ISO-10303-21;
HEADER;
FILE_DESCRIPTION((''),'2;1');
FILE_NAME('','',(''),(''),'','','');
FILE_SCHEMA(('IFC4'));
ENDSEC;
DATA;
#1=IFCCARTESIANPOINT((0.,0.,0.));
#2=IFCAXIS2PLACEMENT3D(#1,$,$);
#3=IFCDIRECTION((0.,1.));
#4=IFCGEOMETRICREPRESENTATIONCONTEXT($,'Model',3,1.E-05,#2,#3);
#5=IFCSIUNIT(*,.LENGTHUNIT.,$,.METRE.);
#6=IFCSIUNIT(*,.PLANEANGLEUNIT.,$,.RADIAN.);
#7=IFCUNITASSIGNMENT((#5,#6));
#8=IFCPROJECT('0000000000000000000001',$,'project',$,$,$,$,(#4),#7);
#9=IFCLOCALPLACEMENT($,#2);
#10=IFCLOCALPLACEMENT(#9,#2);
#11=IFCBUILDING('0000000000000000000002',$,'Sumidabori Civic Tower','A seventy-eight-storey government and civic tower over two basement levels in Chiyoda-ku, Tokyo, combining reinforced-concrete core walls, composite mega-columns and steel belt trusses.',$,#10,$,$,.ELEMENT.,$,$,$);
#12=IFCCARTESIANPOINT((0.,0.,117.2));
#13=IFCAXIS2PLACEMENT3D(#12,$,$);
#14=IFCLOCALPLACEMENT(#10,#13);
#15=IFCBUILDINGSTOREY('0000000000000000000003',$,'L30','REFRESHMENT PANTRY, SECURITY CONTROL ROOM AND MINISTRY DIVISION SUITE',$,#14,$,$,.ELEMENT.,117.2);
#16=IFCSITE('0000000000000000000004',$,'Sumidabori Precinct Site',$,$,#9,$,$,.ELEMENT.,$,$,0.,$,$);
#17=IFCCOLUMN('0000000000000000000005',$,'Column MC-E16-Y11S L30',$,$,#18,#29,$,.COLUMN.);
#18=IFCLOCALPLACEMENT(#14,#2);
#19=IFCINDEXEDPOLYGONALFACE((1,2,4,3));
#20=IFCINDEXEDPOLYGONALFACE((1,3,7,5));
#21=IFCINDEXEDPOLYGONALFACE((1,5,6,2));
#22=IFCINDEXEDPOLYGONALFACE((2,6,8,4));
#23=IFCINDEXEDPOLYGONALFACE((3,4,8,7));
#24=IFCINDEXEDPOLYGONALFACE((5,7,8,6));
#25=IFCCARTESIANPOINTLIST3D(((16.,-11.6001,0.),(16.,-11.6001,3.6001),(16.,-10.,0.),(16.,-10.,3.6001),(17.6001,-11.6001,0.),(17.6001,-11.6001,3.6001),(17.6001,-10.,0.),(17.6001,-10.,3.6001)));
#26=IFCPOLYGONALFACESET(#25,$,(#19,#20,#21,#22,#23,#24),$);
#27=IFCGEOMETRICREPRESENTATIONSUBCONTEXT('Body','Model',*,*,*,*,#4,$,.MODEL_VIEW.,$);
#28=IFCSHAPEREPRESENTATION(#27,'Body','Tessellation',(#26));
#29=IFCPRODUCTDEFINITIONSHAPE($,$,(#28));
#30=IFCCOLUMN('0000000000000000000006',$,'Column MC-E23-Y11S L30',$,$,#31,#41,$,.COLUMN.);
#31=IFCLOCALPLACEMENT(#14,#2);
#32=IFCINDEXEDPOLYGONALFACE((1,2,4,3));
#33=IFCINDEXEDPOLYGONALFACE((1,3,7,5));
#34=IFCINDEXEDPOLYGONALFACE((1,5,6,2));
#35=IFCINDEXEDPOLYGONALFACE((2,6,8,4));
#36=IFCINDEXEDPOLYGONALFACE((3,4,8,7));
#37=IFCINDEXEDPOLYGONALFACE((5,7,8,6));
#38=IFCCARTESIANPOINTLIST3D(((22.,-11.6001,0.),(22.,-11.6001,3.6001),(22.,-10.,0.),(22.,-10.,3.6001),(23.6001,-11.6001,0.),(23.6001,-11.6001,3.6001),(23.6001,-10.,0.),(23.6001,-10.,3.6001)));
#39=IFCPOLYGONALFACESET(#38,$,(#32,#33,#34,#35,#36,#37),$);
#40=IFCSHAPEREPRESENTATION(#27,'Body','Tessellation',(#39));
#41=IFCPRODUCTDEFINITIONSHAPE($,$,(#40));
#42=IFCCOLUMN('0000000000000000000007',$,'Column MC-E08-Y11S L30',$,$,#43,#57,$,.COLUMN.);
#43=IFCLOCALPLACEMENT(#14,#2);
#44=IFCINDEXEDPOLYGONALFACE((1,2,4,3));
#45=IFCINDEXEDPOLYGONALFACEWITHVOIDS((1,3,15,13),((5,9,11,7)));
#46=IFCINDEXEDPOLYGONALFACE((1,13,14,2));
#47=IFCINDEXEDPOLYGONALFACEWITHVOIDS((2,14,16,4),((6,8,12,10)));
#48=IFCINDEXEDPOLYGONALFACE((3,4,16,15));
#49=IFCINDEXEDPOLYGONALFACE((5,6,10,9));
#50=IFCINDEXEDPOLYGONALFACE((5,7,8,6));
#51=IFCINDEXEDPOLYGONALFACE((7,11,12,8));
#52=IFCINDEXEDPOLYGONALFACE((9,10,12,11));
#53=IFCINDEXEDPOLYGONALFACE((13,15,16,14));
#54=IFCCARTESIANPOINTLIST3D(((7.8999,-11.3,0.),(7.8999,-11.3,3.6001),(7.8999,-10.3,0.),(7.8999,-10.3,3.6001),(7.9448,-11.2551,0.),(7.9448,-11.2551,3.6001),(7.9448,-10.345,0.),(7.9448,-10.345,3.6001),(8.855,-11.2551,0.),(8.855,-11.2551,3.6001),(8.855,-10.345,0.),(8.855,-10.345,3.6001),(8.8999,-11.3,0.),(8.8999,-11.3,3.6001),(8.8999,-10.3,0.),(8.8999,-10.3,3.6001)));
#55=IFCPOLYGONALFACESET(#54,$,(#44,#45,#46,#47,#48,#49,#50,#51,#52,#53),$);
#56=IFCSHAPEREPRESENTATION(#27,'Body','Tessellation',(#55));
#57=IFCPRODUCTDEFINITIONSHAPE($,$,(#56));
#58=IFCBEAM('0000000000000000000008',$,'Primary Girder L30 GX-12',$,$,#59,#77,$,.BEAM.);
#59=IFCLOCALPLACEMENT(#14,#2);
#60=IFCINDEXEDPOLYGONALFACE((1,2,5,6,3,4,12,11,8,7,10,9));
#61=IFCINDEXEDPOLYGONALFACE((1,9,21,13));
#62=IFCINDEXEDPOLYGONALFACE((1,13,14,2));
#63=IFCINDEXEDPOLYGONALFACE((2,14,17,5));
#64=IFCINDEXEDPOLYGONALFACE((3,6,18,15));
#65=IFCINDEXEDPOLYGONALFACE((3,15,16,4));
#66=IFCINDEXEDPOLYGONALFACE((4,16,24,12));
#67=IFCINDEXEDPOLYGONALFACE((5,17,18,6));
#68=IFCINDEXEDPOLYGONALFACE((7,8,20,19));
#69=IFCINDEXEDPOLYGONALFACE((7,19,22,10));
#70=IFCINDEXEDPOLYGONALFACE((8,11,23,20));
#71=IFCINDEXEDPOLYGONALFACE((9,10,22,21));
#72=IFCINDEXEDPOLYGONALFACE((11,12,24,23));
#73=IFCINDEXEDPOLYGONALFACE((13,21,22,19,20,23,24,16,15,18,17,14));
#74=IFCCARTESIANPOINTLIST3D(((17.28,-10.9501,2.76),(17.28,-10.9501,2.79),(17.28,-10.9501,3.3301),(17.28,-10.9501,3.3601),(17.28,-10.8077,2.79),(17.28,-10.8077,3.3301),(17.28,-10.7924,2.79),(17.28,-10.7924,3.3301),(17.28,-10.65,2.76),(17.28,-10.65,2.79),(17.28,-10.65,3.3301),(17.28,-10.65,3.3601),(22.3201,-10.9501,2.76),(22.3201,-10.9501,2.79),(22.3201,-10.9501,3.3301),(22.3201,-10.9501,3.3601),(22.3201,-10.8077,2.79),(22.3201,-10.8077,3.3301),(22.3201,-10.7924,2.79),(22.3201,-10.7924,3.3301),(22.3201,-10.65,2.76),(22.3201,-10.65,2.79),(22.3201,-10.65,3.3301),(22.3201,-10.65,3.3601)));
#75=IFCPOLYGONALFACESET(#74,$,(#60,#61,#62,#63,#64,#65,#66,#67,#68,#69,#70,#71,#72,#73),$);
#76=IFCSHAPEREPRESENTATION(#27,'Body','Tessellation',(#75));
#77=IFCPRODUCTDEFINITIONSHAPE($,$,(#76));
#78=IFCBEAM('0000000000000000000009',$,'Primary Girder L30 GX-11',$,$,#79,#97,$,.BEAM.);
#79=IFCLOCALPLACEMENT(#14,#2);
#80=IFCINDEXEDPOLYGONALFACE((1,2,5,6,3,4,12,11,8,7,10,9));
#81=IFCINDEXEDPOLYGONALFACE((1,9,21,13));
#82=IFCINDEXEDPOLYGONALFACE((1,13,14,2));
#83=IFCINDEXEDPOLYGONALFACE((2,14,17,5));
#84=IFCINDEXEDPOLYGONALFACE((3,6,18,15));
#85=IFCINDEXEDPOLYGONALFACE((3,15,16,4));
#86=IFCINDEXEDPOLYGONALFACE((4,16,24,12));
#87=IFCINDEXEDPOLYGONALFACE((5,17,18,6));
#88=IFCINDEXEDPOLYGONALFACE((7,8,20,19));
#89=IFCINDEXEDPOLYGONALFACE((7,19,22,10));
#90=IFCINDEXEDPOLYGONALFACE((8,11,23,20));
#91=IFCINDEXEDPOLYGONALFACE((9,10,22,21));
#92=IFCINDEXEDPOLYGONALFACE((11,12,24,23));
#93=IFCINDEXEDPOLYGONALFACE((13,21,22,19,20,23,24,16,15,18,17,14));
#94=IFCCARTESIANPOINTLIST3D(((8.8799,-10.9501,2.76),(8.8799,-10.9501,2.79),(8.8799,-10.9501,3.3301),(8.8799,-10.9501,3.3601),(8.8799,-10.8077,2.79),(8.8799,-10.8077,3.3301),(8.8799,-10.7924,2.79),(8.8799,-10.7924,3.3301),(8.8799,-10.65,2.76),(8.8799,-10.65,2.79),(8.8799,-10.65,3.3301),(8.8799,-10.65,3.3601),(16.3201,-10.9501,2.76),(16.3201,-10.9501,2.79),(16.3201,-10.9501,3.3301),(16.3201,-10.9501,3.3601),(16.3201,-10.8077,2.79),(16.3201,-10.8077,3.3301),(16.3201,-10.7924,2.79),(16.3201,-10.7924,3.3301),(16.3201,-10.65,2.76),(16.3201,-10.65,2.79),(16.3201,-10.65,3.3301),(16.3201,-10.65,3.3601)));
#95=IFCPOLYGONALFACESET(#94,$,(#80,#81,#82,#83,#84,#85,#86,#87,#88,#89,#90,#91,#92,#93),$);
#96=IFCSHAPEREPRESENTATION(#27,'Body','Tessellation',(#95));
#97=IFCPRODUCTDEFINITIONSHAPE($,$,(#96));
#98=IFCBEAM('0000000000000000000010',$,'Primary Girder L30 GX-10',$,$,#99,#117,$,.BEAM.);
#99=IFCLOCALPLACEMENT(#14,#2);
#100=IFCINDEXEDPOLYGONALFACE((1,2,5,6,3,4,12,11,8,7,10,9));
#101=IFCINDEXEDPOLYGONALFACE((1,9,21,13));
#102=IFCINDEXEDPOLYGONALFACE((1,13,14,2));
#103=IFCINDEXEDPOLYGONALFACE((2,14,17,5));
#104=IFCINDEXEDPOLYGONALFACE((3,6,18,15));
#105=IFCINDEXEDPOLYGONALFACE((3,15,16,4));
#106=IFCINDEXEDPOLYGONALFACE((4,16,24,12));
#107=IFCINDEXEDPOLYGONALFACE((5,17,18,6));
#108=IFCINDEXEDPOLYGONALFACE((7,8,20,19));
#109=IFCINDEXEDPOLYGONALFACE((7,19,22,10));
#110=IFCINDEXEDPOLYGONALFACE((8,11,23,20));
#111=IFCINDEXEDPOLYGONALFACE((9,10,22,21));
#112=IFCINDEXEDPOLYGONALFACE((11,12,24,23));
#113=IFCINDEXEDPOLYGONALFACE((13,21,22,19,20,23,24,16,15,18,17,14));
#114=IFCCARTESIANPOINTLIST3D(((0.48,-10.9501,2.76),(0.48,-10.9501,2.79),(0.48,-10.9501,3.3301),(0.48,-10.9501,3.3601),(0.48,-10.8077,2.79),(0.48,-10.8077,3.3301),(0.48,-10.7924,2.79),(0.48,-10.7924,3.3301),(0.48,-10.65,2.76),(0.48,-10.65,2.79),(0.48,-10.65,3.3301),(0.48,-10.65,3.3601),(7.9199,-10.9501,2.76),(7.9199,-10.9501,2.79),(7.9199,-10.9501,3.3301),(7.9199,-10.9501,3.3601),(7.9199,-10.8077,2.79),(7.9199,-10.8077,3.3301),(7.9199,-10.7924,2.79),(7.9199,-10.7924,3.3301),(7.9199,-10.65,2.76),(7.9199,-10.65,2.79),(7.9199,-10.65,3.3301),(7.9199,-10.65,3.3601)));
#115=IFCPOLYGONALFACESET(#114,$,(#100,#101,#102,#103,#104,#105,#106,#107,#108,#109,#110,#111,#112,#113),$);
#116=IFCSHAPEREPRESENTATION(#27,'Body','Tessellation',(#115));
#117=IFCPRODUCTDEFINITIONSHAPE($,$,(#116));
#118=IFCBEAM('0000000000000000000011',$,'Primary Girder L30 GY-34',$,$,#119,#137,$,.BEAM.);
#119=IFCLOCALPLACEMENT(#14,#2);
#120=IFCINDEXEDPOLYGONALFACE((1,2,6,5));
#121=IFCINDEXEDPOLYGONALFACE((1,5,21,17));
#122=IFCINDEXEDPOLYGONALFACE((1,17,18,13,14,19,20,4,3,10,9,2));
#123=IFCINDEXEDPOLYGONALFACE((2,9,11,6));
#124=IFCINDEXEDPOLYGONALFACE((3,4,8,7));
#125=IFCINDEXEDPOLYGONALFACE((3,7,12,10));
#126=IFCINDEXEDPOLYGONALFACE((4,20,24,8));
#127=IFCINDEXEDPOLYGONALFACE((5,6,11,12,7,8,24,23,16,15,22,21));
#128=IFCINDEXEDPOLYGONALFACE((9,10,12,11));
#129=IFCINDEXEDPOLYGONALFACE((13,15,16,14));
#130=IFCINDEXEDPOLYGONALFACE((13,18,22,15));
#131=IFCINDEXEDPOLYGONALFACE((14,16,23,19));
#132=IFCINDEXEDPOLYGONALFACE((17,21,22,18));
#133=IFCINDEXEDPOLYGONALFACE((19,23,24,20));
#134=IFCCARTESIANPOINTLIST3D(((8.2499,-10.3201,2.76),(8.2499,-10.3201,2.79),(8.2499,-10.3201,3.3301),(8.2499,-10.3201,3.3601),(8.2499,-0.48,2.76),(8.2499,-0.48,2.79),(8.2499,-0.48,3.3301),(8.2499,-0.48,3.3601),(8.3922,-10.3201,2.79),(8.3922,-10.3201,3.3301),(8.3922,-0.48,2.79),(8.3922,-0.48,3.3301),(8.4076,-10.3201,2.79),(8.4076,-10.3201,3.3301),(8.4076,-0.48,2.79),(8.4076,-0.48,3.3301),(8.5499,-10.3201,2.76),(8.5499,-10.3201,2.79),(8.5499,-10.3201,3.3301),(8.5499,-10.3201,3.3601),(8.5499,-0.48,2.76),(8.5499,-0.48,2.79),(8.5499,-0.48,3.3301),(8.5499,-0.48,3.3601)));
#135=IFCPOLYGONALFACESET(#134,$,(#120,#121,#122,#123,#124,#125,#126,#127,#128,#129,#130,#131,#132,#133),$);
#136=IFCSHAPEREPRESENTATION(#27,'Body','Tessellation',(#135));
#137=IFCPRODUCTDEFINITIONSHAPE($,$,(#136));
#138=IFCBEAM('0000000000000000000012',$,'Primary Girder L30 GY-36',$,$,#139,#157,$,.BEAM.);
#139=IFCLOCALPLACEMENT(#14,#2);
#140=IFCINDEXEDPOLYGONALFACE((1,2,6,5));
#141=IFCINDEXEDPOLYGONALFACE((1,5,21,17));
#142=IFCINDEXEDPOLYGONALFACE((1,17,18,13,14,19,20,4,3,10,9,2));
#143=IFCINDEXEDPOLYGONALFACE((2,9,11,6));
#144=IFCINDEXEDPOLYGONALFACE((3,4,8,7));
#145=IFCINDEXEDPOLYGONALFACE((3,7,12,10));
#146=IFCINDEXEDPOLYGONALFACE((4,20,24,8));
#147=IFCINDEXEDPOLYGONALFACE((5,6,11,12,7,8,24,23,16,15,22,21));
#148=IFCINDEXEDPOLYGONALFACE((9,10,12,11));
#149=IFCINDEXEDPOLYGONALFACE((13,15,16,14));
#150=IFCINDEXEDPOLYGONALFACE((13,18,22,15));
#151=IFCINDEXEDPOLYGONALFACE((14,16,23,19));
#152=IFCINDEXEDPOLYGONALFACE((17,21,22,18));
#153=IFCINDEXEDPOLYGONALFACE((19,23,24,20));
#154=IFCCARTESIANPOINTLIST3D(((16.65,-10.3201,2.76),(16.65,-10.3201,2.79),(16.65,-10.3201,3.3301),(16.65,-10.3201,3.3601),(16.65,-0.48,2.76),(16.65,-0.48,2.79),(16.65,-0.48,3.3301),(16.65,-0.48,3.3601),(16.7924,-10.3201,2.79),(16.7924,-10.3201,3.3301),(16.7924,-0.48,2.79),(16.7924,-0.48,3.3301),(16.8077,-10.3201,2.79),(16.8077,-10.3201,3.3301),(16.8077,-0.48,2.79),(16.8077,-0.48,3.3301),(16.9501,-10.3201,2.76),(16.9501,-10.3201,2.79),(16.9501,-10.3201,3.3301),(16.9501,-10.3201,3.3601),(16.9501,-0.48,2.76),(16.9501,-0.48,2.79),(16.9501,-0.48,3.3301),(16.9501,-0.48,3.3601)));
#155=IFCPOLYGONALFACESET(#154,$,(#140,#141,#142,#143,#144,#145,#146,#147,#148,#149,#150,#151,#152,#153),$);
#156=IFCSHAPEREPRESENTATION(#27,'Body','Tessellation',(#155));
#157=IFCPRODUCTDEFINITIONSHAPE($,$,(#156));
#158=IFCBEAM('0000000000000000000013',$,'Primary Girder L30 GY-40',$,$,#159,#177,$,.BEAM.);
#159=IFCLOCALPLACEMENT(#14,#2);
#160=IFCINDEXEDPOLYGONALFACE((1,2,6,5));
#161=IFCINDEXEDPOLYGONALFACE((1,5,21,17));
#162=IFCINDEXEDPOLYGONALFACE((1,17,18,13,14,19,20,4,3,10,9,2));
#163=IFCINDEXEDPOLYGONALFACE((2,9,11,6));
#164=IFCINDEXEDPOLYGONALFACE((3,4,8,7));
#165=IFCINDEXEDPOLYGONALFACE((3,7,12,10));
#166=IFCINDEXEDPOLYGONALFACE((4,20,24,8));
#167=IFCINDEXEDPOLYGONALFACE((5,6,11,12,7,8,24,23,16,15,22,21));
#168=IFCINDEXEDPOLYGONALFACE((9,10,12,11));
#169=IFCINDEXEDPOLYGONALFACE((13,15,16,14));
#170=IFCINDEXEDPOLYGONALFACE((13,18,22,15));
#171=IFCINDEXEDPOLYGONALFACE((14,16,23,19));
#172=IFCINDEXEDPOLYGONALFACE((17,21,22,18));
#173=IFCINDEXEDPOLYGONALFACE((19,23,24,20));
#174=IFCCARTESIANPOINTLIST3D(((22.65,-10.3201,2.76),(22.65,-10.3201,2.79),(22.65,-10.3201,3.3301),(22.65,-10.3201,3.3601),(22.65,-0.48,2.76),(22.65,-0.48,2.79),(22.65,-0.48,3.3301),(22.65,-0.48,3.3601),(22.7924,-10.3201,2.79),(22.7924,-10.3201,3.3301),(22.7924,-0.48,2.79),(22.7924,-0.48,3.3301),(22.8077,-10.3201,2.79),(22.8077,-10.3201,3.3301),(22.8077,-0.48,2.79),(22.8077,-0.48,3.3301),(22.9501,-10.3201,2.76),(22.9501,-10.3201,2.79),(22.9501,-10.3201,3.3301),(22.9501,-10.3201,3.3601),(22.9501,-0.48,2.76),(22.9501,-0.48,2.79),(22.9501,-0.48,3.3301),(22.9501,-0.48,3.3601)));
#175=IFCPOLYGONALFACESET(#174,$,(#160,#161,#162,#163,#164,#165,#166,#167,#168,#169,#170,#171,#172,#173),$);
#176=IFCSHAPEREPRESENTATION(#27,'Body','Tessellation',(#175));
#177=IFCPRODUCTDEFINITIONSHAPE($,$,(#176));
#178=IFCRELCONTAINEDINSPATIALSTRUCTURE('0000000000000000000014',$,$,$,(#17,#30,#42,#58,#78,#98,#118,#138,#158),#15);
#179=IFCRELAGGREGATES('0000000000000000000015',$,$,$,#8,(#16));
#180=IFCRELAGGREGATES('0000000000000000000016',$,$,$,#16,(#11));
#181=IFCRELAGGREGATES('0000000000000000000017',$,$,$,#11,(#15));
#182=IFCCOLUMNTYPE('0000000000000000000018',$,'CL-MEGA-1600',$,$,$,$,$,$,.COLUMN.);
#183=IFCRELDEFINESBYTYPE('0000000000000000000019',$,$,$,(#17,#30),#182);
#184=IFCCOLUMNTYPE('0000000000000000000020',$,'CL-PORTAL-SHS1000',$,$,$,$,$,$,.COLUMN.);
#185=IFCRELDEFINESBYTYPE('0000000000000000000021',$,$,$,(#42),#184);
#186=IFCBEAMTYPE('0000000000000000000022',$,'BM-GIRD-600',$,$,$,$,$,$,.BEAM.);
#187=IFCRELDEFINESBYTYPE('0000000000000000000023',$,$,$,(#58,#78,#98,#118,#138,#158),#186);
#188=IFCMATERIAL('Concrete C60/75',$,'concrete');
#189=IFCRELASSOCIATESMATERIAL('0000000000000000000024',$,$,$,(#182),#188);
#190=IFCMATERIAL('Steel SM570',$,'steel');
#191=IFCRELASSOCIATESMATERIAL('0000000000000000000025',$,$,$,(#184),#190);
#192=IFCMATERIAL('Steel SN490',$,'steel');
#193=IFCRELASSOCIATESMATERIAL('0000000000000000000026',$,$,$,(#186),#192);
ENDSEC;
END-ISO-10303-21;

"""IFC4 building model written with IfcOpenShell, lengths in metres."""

from ifc_helpers import new_model, si_unit, direction, frame, origin, origin_2d, place, context, subcontext, project, spatial, rectangle, hollow_rectangle, i_section, extrude, source, transform, mapped, material, material_profile, profile_set, type_object, element, save


model = new_model("IFC4")

# Units and contexts
model_context = context("Model", 3, precision=1e-05, world=origin(), true_north=direction((0.0, 1.0)))
body_context = subcontext(model_context, "Body", "Model", "MODEL_VIEW")
ifc_project = project(units=[si_unit("LENGTHUNIT", "METRE"), si_unit("PLANEANGLEUNIT", "RADIAN")], contexts=[model_context])

# Site, building, storey
site_placement = place(None, origin())
site = spatial("IfcSite", under=ifc_project, at=site_placement, Name="Sumidabori Precinct Site", CompositionType="ELEMENT", RefElevation=0.0)
building_placement = place(site_placement, origin())
building = spatial("IfcBuilding", under=site, at=building_placement, Name="Sumidabori Civic Tower", Description="A seventy-eight-storey government and civic tower over two basement levels in Chiyoda-ku, Tokyo, combining reinforced-concrete core walls, composite mega-columns and steel belt trusses.", CompositionType="ELEMENT")
storey_placement = place(building_placement, frame((0.0, 0.0, 117.2)))
storey = spatial("IfcBuildingStorey", under=building, at=storey_placement, Name="L30", Description="REFRESHMENT PANTRY, SECURITY CONTROL ROOM AND MINISTRY DIVISION SUITE", CompositionType="ELEMENT", Elevation=117.2)

# Columns
ifc_material_1 = material(Name="Concrete C60/75", Category="concrete")
ifc_material_profile_1 = material_profile(ifc_material_1, rectangle(XDim=1.6001, YDim=1.6001, at=origin_2d()), Name="RC 1600x1600")
ifc_profile_set_1 = profile_set([ifc_material_profile_1], Name="Concrete C60/75")
column_type_1 = type_object("IfcColumnType", Name="CL-MEGA-1600", PredefinedType="COLUMN", material=ifc_profile_set_1)
shared_shape_1 = source(origin(), body_context, "Body", "SweptSolid", [
    extrude(rectangle(XDim=1.6001, YDim=1.6001, at=origin_2d()), origin(), (0.0, 0.0, 1.0), 3.6001),
])
for number, where, z_axis, x_axis, name in (
    (1, (16.8, -10.8, 0.0), (0.0, 0.0, 1.0), (1.0, 0.0, 0.0), "Column MC-E16-Y11S L30"),
    (2, (22.8, -10.8, 0.0), (0.0, 0.0, 1.0), (1.0, 0.0, 0.0), "Column MC-E23-Y11S L30"),
):
    element("IfcColumn", number, at=place(storey_placement, frame(where, z_axis=z_axis, x_axis=x_axis)), inside=storey, type_object=column_type_1, Name=name, PredefinedType="COLUMN", context=body_context, shape_type="MappedRepresentation", body=[
        mapped(shared_shape_1, transform((0.0, 0.0, 0.0), x_axis=(1.0, 0.0, 0.0), y_axis=(0.0, 1.0, 0.0), z_axis=(0.0, 0.0, 1.0), scale=1.0)),
    ])
ifc_material_2 = material(Name="Steel SM570", Category="steel")
ifc_material_profile_2 = material_profile(ifc_material_2, hollow_rectangle(XDim=1.0, YDim=1.0, WallThickness=0.0449, at=origin_2d()), Name="SHS 1000x1000x45")
ifc_profile_set_2 = profile_set([ifc_material_profile_2], Name="Steel SM570")
column_type_2 = type_object("IfcColumnType", Name="CL-PORTAL-SHS1000", PredefinedType="COLUMN", material=ifc_profile_set_2)
shared_shape_2 = source(origin(), body_context, "Body", "SweptSolid", [
    extrude(hollow_rectangle(XDim=1.0, YDim=1.0, WallThickness=0.0449, at=origin_2d()), origin(), (0.0, 0.0, 1.0), 3.6001),
])
column_placement = place(storey_placement, frame((8.3999, -10.8, 0.0), z_axis=(0.0, 0.0, 1.0), x_axis=(1.0, 0.0, 0.0)))
element("IfcColumn", 3, at=column_placement, inside=storey, type_object=column_type_2, Name="Column MC-E08-Y11S L30", PredefinedType="COLUMN", context=body_context, shape_type="MappedRepresentation", body=[
    mapped(shared_shape_2, transform((0.0, 0.0, 0.0), x_axis=(1.0, 0.0, 0.0), y_axis=(0.0, 1.0, 0.0), z_axis=(0.0, 0.0, 1.0), scale=1.0)),
])

# Beams
ifc_material_3 = material(Name="Steel SN490", Category="steel")
ifc_material_profile_3 = material_profile(ifc_material_3, i_section(OverallWidth=0.3, OverallDepth=0.6001, WebThickness=0.0154, FlangeThickness=0.03, at=origin_2d()), Name="HE 600 B")
ifc_profile_set_3 = profile_set([ifc_material_profile_3], Name="Steel SN490")
beam_type_1 = type_object("IfcBeamType", Name="BM-GIRD-600", PredefinedType="BEAM", material=ifc_profile_set_3)
shared_shape_3 = source(origin(), body_context, "Body", "SweptSolid", [
    extrude(i_section(OverallWidth=0.3, OverallDepth=0.6001, WebThickness=0.0154, FlangeThickness=0.03, at=origin_2d()), origin(), (0.0, 0.0, 1.0), 5.04),
])
beam_1_placement = place(storey_placement, frame((17.28, -10.8, 3.0601), z_axis=(1.0, 0.0, 0.0), x_axis=(0.0, 1.0, 0.0)))
element("IfcBeam", 4, at=beam_1_placement, inside=storey, type_object=beam_type_1, Name="Primary Girder L30 GX-12", PredefinedType="BEAM", context=body_context, shape_type="MappedRepresentation", body=[
    mapped(shared_shape_3, transform((0.0, 0.0, 0.0), x_axis=(1.0, 0.0, 0.0), y_axis=(0.0, 1.0, 0.0), z_axis=(0.0, 0.0, 1.0), scale=1.0)),
])
shared_shape_4 = source(origin(), body_context, "Body", "SweptSolid", [
    extrude(i_section(OverallWidth=0.3, OverallDepth=0.6001, WebThickness=0.0154, FlangeThickness=0.03, at=origin_2d()), origin(), (0.0, 0.0, 1.0), 7.4402),
])
beam_2_placement = place(storey_placement, frame((8.8799, -10.8, 3.0601), z_axis=(1.0, 0.0, 0.0), x_axis=(0.0, 1.0, 0.0)))
element("IfcBeam", 5, at=beam_2_placement, inside=storey, type_object=beam_type_1, Name="Primary Girder L30 GX-11", PredefinedType="BEAM", context=body_context, shape_type="MappedRepresentation", body=[
    mapped(shared_shape_4, transform((0.0, 0.0, 0.0), x_axis=(1.0, 0.0, 0.0), y_axis=(0.0, 1.0, 0.0), z_axis=(0.0, 0.0, 1.0), scale=1.0)),
])
shared_shape_5 = source(origin(), body_context, "Body", "SweptSolid", [
    extrude(i_section(OverallWidth=0.3, OverallDepth=0.6001, WebThickness=0.0154, FlangeThickness=0.03, at=origin_2d()), origin(), (0.0, 0.0, 1.0), 7.4399),
])
beam_3_placement = place(storey_placement, frame((0.48, -10.8, 3.0601), z_axis=(1.0, 0.0, 0.0), x_axis=(0.0, 1.0, 0.0)))
element("IfcBeam", 6, at=beam_3_placement, inside=storey, type_object=beam_type_1, Name="Primary Girder L30 GX-10", PredefinedType="BEAM", context=body_context, shape_type="MappedRepresentation", body=[
    mapped(shared_shape_5, transform((0.0, 0.0, 0.0), x_axis=(1.0, 0.0, 0.0), y_axis=(0.0, 1.0, 0.0), z_axis=(0.0, 0.0, 1.0), scale=1.0)),
])
shared_shape_6 = source(origin(), body_context, "Body", "SweptSolid", [
    extrude(i_section(OverallWidth=0.3, OverallDepth=0.6001, WebThickness=0.0154, FlangeThickness=0.03, at=origin_2d()), origin(), (0.0, 0.0, 1.0), 9.8401),
])
for number, where, z_axis, x_axis, name in (
    (7, (8.3999, -10.3201, 3.0601), (0.0, 1.0, 0.0), (-1.0, 0.0, 0.0), "Primary Girder L30 GY-34"),
    (8, (16.8, -10.3201, 3.0601), (0.0, 1.0, 0.0), (-1.0, 0.0, 0.0), "Primary Girder L30 GY-36"),
    (9, (22.8, -10.3201, 3.0601), (0.0, 1.0, 0.0), (-1.0, 0.0, 0.0), "Primary Girder L30 GY-40"),
):
    element("IfcBeam", number, at=place(storey_placement, frame(where, z_axis=z_axis, x_axis=x_axis)), inside=storey, type_object=beam_type_1, Name=name, PredefinedType="BEAM", context=body_context, shape_type="MappedRepresentation", body=[
        mapped(shared_shape_6, transform((0.0, 0.0, 0.0), x_axis=(1.0, 0.0, 0.0), y_axis=(0.0, 1.0, 0.0), z_axis=(0.0, 0.0, 1.0), scale=1.0)),
    ])

save(model, "model.ifc")
